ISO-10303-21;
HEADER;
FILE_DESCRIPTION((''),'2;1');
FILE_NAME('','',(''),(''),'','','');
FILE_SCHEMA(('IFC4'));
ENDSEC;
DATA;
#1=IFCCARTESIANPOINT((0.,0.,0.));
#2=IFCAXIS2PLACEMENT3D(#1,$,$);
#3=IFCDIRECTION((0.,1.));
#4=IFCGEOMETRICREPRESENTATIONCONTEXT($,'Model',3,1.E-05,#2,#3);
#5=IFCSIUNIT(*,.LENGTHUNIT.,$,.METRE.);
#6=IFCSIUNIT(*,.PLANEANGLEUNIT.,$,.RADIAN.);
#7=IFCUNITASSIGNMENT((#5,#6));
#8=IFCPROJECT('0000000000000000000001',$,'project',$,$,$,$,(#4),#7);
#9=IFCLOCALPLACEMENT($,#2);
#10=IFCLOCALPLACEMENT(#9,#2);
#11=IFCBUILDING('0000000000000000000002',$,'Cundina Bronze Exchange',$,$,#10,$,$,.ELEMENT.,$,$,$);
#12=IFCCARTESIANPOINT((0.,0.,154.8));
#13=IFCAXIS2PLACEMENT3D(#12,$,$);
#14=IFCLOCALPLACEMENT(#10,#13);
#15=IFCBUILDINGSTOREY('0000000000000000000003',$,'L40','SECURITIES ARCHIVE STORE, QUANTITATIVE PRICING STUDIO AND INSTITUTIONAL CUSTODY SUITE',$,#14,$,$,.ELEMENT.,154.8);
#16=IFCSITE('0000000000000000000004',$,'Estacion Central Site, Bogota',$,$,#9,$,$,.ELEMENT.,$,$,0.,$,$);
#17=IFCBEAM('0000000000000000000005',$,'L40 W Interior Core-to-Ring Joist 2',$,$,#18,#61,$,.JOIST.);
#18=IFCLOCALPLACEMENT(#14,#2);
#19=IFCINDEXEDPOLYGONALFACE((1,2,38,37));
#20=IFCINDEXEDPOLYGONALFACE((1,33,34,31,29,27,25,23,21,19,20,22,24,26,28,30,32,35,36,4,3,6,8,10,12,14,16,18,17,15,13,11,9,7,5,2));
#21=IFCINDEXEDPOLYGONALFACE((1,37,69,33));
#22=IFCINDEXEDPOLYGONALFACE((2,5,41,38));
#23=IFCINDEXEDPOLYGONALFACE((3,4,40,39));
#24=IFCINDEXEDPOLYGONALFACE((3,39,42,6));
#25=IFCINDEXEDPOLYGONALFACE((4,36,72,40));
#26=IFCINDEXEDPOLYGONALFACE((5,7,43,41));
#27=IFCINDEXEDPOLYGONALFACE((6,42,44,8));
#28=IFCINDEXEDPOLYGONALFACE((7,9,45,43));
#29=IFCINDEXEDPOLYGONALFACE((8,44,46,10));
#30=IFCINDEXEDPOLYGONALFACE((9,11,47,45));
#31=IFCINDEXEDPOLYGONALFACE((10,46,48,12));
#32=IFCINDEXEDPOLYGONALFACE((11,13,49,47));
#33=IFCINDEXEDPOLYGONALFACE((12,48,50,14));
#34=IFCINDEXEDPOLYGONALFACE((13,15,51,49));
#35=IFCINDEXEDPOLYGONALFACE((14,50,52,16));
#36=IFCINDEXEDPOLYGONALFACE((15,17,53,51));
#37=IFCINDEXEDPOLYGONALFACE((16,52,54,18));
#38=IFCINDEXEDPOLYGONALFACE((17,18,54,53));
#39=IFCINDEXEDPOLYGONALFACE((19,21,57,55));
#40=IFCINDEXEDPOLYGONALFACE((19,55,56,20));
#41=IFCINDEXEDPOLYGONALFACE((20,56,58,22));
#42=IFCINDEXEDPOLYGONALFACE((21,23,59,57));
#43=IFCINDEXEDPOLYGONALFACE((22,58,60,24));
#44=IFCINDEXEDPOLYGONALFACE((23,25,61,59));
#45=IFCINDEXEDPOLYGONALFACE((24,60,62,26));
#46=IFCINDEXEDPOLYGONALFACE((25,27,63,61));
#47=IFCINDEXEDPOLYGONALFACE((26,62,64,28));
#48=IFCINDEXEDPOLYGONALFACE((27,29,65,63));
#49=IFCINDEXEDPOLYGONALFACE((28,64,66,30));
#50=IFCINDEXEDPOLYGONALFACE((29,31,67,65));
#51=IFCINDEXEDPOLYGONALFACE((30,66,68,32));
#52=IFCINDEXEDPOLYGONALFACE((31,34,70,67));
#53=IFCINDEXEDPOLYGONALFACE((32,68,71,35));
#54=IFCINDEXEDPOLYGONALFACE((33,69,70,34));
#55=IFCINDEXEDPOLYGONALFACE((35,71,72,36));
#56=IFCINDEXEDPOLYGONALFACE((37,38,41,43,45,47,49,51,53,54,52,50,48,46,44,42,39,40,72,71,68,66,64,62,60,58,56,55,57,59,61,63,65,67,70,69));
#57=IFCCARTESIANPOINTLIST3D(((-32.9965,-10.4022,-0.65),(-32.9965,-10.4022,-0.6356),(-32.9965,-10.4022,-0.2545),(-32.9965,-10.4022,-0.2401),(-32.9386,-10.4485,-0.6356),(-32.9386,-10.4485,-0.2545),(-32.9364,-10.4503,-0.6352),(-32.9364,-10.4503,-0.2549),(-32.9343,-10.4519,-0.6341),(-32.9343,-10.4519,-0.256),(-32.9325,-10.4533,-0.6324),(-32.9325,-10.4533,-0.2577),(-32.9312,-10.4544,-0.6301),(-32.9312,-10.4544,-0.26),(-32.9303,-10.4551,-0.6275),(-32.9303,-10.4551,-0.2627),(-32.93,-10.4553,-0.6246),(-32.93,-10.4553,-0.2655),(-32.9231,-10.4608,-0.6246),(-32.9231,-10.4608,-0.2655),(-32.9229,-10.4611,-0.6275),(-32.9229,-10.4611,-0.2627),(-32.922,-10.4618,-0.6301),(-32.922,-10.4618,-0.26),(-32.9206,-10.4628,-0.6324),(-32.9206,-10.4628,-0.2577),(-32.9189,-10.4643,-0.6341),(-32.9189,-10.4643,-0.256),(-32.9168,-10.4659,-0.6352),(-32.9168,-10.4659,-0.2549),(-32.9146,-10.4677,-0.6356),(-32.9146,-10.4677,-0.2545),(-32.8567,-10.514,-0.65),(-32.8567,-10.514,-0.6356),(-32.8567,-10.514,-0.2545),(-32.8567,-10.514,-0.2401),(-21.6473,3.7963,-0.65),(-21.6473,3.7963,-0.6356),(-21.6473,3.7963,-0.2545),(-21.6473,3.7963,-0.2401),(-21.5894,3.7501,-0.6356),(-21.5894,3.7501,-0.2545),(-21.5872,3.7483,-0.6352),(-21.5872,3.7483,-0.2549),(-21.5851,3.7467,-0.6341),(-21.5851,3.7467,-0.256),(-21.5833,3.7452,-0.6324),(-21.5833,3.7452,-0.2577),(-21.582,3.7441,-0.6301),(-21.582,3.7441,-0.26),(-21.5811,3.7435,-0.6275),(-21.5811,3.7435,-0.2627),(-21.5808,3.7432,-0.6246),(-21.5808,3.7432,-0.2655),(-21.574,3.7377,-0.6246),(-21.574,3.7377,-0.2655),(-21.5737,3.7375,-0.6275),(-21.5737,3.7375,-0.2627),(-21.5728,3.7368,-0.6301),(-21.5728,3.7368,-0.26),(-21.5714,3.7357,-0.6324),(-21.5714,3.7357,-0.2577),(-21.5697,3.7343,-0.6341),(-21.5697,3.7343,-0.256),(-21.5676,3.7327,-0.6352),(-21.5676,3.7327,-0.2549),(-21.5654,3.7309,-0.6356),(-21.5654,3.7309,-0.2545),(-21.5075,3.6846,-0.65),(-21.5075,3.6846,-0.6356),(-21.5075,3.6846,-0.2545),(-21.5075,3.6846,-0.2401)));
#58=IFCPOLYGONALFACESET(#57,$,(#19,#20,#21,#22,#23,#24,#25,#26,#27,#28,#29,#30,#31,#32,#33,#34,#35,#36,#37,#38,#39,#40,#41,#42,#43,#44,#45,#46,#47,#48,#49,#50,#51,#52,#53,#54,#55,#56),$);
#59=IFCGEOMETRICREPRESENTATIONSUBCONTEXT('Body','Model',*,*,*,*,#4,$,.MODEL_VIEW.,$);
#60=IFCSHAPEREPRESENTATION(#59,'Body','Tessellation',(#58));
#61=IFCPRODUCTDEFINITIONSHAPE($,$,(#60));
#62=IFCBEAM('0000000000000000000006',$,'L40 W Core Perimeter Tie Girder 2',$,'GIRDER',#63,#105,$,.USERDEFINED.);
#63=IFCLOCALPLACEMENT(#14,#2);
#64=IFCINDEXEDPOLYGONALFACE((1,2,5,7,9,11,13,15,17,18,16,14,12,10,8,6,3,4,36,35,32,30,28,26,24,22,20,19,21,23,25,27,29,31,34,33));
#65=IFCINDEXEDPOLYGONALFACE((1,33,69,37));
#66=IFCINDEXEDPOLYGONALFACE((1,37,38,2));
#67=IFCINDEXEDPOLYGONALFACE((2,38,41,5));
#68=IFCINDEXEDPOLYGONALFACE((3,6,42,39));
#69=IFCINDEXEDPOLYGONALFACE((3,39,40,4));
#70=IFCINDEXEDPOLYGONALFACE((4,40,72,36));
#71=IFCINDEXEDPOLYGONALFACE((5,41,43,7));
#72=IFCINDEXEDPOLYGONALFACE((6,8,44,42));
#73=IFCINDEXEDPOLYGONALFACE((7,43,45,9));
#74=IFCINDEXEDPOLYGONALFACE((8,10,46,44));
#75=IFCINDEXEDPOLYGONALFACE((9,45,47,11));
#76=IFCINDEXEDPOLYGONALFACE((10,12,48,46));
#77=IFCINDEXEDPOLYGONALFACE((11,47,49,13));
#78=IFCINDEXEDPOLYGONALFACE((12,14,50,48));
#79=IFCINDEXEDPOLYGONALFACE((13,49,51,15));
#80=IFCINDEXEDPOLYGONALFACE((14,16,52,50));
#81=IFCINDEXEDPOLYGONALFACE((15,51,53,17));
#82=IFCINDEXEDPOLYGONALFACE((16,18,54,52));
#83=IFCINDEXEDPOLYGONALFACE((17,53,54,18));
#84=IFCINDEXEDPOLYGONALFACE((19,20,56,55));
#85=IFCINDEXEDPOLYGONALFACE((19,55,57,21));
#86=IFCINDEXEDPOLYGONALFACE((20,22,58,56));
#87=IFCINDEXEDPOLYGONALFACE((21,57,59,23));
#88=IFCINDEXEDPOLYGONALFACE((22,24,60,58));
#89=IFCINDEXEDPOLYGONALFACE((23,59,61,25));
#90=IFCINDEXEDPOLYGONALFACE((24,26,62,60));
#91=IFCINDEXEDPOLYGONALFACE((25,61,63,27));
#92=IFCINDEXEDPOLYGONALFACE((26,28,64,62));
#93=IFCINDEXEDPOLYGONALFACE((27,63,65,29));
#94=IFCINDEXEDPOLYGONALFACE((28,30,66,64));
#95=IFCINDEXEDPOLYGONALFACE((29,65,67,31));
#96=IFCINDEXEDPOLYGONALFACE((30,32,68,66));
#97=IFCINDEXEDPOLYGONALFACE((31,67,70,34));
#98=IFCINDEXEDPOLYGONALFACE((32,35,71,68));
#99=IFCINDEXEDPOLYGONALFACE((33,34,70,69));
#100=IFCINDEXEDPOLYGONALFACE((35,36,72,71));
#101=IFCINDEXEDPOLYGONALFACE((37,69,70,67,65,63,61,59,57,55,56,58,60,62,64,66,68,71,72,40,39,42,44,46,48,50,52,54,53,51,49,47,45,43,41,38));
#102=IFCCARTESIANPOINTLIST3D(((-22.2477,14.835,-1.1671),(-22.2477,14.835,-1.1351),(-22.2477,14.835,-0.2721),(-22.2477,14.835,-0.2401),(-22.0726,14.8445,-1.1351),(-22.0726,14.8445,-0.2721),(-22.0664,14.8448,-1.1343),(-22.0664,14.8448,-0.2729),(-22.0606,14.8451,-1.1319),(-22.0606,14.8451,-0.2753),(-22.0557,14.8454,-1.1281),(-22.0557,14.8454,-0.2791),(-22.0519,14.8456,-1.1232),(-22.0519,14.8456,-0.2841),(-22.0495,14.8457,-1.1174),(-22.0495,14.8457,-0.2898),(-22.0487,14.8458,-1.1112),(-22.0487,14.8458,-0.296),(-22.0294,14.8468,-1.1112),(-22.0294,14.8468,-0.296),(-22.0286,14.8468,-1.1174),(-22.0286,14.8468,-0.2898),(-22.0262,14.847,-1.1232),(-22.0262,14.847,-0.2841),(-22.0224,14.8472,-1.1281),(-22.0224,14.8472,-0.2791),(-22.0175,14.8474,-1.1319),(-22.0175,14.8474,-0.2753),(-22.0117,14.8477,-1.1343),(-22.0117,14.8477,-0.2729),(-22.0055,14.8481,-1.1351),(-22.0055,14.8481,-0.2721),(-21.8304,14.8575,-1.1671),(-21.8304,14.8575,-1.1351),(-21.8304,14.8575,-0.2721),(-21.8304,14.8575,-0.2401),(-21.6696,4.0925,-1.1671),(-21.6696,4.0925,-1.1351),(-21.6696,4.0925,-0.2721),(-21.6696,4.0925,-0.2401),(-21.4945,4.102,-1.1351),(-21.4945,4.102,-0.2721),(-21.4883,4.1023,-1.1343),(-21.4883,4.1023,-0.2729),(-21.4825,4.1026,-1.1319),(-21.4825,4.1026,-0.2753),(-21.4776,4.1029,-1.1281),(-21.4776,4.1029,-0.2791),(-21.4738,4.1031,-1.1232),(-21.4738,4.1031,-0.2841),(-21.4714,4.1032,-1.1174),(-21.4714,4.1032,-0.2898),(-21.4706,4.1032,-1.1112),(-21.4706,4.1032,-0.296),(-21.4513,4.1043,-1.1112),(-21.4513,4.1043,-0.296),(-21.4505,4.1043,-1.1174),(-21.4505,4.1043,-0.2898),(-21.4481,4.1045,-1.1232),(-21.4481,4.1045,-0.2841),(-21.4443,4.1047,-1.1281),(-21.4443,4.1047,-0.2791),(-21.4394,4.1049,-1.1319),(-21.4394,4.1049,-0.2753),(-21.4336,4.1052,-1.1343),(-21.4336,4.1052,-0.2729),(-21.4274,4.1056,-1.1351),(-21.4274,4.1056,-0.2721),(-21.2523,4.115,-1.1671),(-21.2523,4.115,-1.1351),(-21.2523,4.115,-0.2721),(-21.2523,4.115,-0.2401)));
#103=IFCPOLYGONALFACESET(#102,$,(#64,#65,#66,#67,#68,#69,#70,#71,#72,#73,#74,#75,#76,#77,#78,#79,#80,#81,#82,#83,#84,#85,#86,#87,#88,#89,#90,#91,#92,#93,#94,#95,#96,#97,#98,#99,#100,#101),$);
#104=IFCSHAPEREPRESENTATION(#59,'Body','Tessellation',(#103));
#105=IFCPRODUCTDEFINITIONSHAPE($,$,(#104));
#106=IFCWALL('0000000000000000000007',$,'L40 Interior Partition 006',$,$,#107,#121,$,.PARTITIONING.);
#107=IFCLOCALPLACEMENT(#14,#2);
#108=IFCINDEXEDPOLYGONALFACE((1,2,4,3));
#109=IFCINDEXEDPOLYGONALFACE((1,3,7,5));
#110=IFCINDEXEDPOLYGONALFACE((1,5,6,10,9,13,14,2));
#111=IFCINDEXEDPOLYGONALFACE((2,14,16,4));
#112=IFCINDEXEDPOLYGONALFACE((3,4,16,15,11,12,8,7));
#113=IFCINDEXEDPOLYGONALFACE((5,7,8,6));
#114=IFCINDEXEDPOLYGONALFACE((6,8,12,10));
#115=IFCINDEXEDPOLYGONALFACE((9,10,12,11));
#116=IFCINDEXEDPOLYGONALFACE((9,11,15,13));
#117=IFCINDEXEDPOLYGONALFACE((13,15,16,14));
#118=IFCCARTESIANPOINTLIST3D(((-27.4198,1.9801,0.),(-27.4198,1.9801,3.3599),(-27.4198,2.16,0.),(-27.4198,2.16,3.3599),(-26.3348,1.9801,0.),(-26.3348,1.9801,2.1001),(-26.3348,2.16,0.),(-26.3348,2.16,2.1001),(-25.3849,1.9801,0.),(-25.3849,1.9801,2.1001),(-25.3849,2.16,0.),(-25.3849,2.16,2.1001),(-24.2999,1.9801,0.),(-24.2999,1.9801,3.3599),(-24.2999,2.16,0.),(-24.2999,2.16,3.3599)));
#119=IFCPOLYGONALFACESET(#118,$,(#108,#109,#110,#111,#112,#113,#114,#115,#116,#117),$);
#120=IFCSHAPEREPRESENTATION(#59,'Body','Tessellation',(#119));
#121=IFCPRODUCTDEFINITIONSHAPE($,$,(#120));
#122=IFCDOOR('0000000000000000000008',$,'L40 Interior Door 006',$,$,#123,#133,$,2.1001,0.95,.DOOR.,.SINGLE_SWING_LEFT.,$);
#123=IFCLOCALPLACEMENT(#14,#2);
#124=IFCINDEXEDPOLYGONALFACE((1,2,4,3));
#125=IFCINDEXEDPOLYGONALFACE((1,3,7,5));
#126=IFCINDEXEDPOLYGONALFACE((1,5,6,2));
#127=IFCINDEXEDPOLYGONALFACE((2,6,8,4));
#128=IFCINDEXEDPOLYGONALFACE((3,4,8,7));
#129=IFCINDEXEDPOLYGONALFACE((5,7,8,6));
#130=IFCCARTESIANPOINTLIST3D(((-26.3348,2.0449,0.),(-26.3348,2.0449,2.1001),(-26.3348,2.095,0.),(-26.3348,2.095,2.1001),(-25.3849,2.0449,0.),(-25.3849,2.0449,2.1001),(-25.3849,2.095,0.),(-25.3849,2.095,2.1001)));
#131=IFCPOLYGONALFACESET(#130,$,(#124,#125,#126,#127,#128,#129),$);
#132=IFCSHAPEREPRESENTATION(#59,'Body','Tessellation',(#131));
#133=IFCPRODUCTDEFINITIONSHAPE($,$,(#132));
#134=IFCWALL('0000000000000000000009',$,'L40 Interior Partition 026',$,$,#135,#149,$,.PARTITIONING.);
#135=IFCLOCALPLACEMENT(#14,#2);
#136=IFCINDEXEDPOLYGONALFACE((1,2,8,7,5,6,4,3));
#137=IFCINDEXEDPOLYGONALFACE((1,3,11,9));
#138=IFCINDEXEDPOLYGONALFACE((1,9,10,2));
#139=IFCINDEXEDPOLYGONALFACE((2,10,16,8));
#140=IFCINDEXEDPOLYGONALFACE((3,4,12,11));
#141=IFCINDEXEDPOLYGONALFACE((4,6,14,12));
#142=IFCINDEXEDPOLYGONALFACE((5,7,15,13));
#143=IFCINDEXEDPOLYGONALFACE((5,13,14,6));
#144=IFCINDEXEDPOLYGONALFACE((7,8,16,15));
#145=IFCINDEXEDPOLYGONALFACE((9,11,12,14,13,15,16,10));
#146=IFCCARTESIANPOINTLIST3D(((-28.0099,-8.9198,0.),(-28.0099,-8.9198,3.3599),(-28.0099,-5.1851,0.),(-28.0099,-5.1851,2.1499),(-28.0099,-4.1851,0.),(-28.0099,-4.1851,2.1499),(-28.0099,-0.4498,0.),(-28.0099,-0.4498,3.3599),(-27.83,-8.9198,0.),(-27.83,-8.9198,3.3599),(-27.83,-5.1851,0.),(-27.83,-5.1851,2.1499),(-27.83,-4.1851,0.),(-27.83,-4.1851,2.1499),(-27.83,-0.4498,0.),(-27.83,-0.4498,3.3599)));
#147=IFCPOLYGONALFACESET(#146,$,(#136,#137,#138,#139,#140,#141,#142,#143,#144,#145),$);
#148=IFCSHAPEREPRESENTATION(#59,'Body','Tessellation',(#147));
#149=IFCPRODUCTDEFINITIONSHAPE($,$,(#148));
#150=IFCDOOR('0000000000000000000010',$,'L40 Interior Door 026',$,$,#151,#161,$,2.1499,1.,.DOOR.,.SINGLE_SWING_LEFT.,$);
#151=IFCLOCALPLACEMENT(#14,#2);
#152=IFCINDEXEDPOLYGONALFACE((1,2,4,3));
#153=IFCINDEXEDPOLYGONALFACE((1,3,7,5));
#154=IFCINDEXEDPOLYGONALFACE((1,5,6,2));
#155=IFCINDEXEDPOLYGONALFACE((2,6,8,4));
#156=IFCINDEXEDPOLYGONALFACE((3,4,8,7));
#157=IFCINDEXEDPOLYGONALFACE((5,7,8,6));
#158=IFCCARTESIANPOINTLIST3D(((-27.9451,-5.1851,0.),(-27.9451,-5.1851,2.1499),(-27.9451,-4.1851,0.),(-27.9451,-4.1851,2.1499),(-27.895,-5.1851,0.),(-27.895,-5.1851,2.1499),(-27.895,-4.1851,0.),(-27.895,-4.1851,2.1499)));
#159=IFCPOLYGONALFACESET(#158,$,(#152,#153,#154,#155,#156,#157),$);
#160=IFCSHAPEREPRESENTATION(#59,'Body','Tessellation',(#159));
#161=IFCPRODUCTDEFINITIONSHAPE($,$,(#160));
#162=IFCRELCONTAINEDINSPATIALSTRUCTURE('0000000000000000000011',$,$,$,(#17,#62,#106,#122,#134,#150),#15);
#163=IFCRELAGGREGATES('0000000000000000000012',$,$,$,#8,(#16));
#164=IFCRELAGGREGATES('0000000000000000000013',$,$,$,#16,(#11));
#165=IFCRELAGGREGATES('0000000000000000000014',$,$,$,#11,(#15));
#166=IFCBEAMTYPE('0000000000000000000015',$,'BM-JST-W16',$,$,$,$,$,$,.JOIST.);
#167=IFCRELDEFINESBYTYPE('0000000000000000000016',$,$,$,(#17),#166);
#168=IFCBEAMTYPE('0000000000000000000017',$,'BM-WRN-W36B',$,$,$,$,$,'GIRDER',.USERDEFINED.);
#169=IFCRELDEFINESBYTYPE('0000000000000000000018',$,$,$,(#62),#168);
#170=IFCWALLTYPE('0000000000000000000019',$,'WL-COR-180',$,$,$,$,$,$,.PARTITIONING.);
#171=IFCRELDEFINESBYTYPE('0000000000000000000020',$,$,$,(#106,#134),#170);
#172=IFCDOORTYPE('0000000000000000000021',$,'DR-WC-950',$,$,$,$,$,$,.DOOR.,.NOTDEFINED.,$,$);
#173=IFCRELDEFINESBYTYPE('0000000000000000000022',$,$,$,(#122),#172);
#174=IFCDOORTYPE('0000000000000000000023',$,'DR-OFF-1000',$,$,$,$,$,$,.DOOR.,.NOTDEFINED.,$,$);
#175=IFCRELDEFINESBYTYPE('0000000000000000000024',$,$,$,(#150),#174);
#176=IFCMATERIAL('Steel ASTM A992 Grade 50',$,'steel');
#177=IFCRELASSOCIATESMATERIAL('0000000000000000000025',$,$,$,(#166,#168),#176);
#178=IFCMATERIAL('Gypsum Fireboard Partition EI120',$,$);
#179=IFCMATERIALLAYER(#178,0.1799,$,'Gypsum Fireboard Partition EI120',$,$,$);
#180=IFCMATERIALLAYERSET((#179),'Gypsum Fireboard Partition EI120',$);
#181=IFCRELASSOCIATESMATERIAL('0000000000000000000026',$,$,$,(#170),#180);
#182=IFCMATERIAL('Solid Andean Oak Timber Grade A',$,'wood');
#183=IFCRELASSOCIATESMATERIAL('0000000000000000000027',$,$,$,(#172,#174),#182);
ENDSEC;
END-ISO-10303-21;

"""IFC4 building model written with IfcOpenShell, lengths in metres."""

from ifc_helpers import new_model, si_unit, direction, frame, frame_2d, origin, origin_2d, place, context, subcontext, project, spatial, rectangle, i_section, extrude, material, layer, layer_set, material_profile, profile_set, type_object, element, fill, save


model = new_model("IFC4")

# Units and contexts
model_context = context("Model", 3, precision=1e-05, world=origin(), true_north=direction((0.0, 1.0)))
body_context = subcontext(model_context, "Body", "Model", "MODEL_VIEW")
ifc_project = project(units=[si_unit("LENGTHUNIT", "METRE"), si_unit("PLANEANGLEUNIT", "RADIAN")], contexts=[model_context])

# Site, building, storey
site_placement = place(None, origin())
site = spatial("IfcSite", under=ifc_project, at=site_placement, Name="Estacion Central Site, Bogota", CompositionType="ELEMENT", RefElevation=0.0)
building_placement = place(site_placement, origin())
building = spatial("IfcBuilding", under=site, at=building_placement, Name="Cundina Bronze Exchange", CompositionType="ELEMENT")
storey_placement = place(building_placement, frame((0.0, 0.0, 154.8)))
storey = spatial("IfcBuildingStorey", under=building, at=storey_placement, Name="L40", Description="SECURITIES ARCHIVE STORE, QUANTITATIVE PRICING STUDIO AND INSTITUTIONAL CUSTODY SUITE", CompositionType="ELEMENT", Elevation=154.8)

# Shared definitions
ifc_material_1 = material(Name="Steel ASTM A992 Grade 50", Category="steel")

# Beams
ifc_material_profile_1 = material_profile(ifc_material_1, i_section(OverallWidth=0.179, OverallDepth=0.4099, WebThickness=0.0088, FlangeThickness=0.0144, FilletRadius=0.011, at=origin_2d()), Name="W16X45", Category="steel")
ifc_profile_set_1 = profile_set([ifc_material_profile_1], Name="Steel ASTM A992 Grade 50")
beam_type_1 = type_object("IfcBeamType", Name="BM-JST-W16", PredefinedType="JOIST", material=ifc_profile_set_1)
beam_1_placement = place(storey_placement, frame((-21.5774, 3.7405, -0.4451), z_axis=(-0.624371, -0.781128, 0.0), x_axis=(0.781128, -0.624371, 0.0)))
element("IfcBeam", 1, at=beam_1_placement, inside=storey, type_object=beam_type_1, Name="L40 W Interior Core-to-Ring Joist 2", PredefinedType="JOIST", context=body_context, shape_type="SweptSolid", body=[
    extrude(i_section(OverallWidth=0.179, OverallDepth=0.4099, WebThickness=0.0088, FlangeThickness=0.0144, FilletRadius=0.011, at=origin_2d()), origin(), (0.0, 0.0, 1.0), 18.177),
])
ifc_material_profile_2 = material_profile(ifc_material_1, i_section(OverallWidth=0.418, OverallDepth=0.927, WebThickness=0.0193, FlangeThickness=0.032, FilletRadius=0.0239, at=origin_2d()), Name="W36X231", Category="steel")
ifc_profile_set_2 = profile_set([ifc_material_profile_2], Name="Steel ASTM A992 Grade 50")
beam_type_2 = type_object("IfcBeamType", Name="BM-WRN-W36B", ElementType="GIRDER", PredefinedType="USERDEFINED", material=ifc_profile_set_2)
beam_2_placement = place(storey_placement, frame((-21.4609, 4.1038, -0.7036), z_axis=(-0.053739, 0.998555, 0.0), x_axis=(-0.998555, -0.053739, 0.0)))
element("IfcBeam", 2, at=beam_2_placement, inside=storey, type_object=beam_type_2, Name="L40 W Core Perimeter Tie Girder 2", ObjectType="GIRDER", PredefinedType="USERDEFINED", context=body_context, shape_type="SweptSolid", body=[
    extrude(i_section(OverallWidth=0.418, OverallDepth=0.927, WebThickness=0.0193, FlangeThickness=0.032, FilletRadius=0.0239, at=origin_2d()), origin(), (0.0, 0.0, 1.0), 10.7581),
])

# Walls, openings, doors
ifc_material_2 = material(Name="Gypsum Fireboard Partition EI120")
ifc_layer_1 = layer(ifc_material_2, 0.1799, Name="Gypsum Fireboard Partition EI120")
ifc_layer_set_1 = layer_set([ifc_layer_1], Name="Gypsum Fireboard Partition EI120")
wall_type_1 = type_object("IfcWallType", Name="WL-COR-180", PredefinedType="PARTITIONING", material=ifc_layer_set_1)
wall_1_placement = place(storey_placement, frame((-27.4199, 2.0701, 0.0), z_axis=(0.0, 0.0, 1.0), x_axis=(1.0, 0.0, 0.0)))
wall_1 = element("IfcWall", 3, at=wall_1_placement, inside=storey, type_object=wall_type_1, Name="L40 Interior Partition 006", PredefinedType="PARTITIONING", context=body_context, shape_type="SweptSolid", body=[
    extrude(rectangle(XDim=3.1199, YDim=0.1799, at=frame_2d((1.5601, 0.0))), origin(), (0.0, 0.0, 1.0), 3.3599),
])
opening_1_placement = place(wall_1_placement, frame((1.085, 0.0, 0.0)))
opening_1 = element("IfcOpeningElement", 4, at=opening_1_placement, cuts=wall_1, PredefinedType="OPENING", context=body_context, shape_type="SweptSolid", body=[
    extrude(rectangle(XDim=0.95, YDim=2.1001, at=frame_2d((0.4751, 1.05))), frame((0.0, 0.0999, 0.0), z_axis=(0.0, -1.0, 0.0), x_axis=(1.0, 0.0, 0.0)), (0.0, 0.0, 1.0), 0.2),
])
ifc_material_3 = material(Name="Solid Andean Oak Timber Grade A", Category="wood")
door_type_1 = type_object("IfcDoorType", Name="DR-WC-950", OperationType="NOTDEFINED", PredefinedType="DOOR", material=ifc_material_3)
door_1_placement = place(opening_1_placement, origin())
door_1 = element("IfcDoor", 5, at=door_1_placement, inside=storey, type_object=door_type_1, Name="L40 Interior Door 006", OperationType="SINGLE_SWING_LEFT", OverallHeight=2.1001, OverallWidth=0.95, PredefinedType="DOOR", context=body_context, shape_type="SweptSolid", body=[
    extrude(rectangle(XDim=0.95, YDim=2.1001, at=frame_2d((0.4751, 1.05))), frame((0.0, 0.0249, 0.0), z_axis=(0.0, -1.0, 0.0), x_axis=(1.0, 0.0, 0.0)), (0.0, 0.0, 1.0), 0.05),
])
fill(opening_1, door_1)
wall_2_placement = place(storey_placement, frame((-27.9199, -0.45, 0.0), z_axis=(0.0, 0.0, 1.0), x_axis=(0.0, -1.0, 0.0)))
wall_2 = element("IfcWall", 6, at=wall_2_placement, inside=storey, type_object=wall_type_1, Name="L40 Interior Partition 026", PredefinedType="PARTITIONING", context=body_context, shape_type="SweptSolid", body=[
    extrude(rectangle(XDim=8.47, YDim=0.1799, at=frame_2d((4.2349, 0.0))), origin(), (0.0, 0.0, 1.0), 3.3599),
])
opening_2_placement = place(wall_2_placement, frame((3.7351, 0.0, 0.0)))
opening_2 = element("IfcOpeningElement", 7, at=opening_2_placement, cuts=wall_2, PredefinedType="OPENING", context=body_context, shape_type="SweptSolid", body=[
    extrude(rectangle(XDim=1.0, YDim=2.1499, at=frame_2d((0.5, 1.075))), frame((0.0, 0.0999, 0.0), z_axis=(0.0, -1.0, 0.0), x_axis=(1.0, 0.0, 0.0)), (0.0, 0.0, 1.0), 0.2),
])
door_type_2 = type_object("IfcDoorType", Name="DR-OFF-1000", OperationType="NOTDEFINED", PredefinedType="DOOR", material=ifc_material_3)
door_2_placement = place(opening_2_placement, origin())
door_2 = element("IfcDoor", 8, at=door_2_placement, inside=storey, type_object=door_type_2, Name="L40 Interior Door 026", OperationType="SINGLE_SWING_LEFT", OverallHeight=2.1499, OverallWidth=1.0, PredefinedType="DOOR", context=body_context, shape_type="SweptSolid", body=[
    extrude(rectangle(XDim=1.0, YDim=2.1499, at=frame_2d((0.5, 1.075))), frame((0.0, 0.0249, 0.0), z_axis=(0.0, -1.0, 0.0), x_axis=(1.0, 0.0, 0.0)), (0.0, 0.0, 1.0), 0.05),
])
fill(opening_2, door_2)

save(model, "model.ifc")
